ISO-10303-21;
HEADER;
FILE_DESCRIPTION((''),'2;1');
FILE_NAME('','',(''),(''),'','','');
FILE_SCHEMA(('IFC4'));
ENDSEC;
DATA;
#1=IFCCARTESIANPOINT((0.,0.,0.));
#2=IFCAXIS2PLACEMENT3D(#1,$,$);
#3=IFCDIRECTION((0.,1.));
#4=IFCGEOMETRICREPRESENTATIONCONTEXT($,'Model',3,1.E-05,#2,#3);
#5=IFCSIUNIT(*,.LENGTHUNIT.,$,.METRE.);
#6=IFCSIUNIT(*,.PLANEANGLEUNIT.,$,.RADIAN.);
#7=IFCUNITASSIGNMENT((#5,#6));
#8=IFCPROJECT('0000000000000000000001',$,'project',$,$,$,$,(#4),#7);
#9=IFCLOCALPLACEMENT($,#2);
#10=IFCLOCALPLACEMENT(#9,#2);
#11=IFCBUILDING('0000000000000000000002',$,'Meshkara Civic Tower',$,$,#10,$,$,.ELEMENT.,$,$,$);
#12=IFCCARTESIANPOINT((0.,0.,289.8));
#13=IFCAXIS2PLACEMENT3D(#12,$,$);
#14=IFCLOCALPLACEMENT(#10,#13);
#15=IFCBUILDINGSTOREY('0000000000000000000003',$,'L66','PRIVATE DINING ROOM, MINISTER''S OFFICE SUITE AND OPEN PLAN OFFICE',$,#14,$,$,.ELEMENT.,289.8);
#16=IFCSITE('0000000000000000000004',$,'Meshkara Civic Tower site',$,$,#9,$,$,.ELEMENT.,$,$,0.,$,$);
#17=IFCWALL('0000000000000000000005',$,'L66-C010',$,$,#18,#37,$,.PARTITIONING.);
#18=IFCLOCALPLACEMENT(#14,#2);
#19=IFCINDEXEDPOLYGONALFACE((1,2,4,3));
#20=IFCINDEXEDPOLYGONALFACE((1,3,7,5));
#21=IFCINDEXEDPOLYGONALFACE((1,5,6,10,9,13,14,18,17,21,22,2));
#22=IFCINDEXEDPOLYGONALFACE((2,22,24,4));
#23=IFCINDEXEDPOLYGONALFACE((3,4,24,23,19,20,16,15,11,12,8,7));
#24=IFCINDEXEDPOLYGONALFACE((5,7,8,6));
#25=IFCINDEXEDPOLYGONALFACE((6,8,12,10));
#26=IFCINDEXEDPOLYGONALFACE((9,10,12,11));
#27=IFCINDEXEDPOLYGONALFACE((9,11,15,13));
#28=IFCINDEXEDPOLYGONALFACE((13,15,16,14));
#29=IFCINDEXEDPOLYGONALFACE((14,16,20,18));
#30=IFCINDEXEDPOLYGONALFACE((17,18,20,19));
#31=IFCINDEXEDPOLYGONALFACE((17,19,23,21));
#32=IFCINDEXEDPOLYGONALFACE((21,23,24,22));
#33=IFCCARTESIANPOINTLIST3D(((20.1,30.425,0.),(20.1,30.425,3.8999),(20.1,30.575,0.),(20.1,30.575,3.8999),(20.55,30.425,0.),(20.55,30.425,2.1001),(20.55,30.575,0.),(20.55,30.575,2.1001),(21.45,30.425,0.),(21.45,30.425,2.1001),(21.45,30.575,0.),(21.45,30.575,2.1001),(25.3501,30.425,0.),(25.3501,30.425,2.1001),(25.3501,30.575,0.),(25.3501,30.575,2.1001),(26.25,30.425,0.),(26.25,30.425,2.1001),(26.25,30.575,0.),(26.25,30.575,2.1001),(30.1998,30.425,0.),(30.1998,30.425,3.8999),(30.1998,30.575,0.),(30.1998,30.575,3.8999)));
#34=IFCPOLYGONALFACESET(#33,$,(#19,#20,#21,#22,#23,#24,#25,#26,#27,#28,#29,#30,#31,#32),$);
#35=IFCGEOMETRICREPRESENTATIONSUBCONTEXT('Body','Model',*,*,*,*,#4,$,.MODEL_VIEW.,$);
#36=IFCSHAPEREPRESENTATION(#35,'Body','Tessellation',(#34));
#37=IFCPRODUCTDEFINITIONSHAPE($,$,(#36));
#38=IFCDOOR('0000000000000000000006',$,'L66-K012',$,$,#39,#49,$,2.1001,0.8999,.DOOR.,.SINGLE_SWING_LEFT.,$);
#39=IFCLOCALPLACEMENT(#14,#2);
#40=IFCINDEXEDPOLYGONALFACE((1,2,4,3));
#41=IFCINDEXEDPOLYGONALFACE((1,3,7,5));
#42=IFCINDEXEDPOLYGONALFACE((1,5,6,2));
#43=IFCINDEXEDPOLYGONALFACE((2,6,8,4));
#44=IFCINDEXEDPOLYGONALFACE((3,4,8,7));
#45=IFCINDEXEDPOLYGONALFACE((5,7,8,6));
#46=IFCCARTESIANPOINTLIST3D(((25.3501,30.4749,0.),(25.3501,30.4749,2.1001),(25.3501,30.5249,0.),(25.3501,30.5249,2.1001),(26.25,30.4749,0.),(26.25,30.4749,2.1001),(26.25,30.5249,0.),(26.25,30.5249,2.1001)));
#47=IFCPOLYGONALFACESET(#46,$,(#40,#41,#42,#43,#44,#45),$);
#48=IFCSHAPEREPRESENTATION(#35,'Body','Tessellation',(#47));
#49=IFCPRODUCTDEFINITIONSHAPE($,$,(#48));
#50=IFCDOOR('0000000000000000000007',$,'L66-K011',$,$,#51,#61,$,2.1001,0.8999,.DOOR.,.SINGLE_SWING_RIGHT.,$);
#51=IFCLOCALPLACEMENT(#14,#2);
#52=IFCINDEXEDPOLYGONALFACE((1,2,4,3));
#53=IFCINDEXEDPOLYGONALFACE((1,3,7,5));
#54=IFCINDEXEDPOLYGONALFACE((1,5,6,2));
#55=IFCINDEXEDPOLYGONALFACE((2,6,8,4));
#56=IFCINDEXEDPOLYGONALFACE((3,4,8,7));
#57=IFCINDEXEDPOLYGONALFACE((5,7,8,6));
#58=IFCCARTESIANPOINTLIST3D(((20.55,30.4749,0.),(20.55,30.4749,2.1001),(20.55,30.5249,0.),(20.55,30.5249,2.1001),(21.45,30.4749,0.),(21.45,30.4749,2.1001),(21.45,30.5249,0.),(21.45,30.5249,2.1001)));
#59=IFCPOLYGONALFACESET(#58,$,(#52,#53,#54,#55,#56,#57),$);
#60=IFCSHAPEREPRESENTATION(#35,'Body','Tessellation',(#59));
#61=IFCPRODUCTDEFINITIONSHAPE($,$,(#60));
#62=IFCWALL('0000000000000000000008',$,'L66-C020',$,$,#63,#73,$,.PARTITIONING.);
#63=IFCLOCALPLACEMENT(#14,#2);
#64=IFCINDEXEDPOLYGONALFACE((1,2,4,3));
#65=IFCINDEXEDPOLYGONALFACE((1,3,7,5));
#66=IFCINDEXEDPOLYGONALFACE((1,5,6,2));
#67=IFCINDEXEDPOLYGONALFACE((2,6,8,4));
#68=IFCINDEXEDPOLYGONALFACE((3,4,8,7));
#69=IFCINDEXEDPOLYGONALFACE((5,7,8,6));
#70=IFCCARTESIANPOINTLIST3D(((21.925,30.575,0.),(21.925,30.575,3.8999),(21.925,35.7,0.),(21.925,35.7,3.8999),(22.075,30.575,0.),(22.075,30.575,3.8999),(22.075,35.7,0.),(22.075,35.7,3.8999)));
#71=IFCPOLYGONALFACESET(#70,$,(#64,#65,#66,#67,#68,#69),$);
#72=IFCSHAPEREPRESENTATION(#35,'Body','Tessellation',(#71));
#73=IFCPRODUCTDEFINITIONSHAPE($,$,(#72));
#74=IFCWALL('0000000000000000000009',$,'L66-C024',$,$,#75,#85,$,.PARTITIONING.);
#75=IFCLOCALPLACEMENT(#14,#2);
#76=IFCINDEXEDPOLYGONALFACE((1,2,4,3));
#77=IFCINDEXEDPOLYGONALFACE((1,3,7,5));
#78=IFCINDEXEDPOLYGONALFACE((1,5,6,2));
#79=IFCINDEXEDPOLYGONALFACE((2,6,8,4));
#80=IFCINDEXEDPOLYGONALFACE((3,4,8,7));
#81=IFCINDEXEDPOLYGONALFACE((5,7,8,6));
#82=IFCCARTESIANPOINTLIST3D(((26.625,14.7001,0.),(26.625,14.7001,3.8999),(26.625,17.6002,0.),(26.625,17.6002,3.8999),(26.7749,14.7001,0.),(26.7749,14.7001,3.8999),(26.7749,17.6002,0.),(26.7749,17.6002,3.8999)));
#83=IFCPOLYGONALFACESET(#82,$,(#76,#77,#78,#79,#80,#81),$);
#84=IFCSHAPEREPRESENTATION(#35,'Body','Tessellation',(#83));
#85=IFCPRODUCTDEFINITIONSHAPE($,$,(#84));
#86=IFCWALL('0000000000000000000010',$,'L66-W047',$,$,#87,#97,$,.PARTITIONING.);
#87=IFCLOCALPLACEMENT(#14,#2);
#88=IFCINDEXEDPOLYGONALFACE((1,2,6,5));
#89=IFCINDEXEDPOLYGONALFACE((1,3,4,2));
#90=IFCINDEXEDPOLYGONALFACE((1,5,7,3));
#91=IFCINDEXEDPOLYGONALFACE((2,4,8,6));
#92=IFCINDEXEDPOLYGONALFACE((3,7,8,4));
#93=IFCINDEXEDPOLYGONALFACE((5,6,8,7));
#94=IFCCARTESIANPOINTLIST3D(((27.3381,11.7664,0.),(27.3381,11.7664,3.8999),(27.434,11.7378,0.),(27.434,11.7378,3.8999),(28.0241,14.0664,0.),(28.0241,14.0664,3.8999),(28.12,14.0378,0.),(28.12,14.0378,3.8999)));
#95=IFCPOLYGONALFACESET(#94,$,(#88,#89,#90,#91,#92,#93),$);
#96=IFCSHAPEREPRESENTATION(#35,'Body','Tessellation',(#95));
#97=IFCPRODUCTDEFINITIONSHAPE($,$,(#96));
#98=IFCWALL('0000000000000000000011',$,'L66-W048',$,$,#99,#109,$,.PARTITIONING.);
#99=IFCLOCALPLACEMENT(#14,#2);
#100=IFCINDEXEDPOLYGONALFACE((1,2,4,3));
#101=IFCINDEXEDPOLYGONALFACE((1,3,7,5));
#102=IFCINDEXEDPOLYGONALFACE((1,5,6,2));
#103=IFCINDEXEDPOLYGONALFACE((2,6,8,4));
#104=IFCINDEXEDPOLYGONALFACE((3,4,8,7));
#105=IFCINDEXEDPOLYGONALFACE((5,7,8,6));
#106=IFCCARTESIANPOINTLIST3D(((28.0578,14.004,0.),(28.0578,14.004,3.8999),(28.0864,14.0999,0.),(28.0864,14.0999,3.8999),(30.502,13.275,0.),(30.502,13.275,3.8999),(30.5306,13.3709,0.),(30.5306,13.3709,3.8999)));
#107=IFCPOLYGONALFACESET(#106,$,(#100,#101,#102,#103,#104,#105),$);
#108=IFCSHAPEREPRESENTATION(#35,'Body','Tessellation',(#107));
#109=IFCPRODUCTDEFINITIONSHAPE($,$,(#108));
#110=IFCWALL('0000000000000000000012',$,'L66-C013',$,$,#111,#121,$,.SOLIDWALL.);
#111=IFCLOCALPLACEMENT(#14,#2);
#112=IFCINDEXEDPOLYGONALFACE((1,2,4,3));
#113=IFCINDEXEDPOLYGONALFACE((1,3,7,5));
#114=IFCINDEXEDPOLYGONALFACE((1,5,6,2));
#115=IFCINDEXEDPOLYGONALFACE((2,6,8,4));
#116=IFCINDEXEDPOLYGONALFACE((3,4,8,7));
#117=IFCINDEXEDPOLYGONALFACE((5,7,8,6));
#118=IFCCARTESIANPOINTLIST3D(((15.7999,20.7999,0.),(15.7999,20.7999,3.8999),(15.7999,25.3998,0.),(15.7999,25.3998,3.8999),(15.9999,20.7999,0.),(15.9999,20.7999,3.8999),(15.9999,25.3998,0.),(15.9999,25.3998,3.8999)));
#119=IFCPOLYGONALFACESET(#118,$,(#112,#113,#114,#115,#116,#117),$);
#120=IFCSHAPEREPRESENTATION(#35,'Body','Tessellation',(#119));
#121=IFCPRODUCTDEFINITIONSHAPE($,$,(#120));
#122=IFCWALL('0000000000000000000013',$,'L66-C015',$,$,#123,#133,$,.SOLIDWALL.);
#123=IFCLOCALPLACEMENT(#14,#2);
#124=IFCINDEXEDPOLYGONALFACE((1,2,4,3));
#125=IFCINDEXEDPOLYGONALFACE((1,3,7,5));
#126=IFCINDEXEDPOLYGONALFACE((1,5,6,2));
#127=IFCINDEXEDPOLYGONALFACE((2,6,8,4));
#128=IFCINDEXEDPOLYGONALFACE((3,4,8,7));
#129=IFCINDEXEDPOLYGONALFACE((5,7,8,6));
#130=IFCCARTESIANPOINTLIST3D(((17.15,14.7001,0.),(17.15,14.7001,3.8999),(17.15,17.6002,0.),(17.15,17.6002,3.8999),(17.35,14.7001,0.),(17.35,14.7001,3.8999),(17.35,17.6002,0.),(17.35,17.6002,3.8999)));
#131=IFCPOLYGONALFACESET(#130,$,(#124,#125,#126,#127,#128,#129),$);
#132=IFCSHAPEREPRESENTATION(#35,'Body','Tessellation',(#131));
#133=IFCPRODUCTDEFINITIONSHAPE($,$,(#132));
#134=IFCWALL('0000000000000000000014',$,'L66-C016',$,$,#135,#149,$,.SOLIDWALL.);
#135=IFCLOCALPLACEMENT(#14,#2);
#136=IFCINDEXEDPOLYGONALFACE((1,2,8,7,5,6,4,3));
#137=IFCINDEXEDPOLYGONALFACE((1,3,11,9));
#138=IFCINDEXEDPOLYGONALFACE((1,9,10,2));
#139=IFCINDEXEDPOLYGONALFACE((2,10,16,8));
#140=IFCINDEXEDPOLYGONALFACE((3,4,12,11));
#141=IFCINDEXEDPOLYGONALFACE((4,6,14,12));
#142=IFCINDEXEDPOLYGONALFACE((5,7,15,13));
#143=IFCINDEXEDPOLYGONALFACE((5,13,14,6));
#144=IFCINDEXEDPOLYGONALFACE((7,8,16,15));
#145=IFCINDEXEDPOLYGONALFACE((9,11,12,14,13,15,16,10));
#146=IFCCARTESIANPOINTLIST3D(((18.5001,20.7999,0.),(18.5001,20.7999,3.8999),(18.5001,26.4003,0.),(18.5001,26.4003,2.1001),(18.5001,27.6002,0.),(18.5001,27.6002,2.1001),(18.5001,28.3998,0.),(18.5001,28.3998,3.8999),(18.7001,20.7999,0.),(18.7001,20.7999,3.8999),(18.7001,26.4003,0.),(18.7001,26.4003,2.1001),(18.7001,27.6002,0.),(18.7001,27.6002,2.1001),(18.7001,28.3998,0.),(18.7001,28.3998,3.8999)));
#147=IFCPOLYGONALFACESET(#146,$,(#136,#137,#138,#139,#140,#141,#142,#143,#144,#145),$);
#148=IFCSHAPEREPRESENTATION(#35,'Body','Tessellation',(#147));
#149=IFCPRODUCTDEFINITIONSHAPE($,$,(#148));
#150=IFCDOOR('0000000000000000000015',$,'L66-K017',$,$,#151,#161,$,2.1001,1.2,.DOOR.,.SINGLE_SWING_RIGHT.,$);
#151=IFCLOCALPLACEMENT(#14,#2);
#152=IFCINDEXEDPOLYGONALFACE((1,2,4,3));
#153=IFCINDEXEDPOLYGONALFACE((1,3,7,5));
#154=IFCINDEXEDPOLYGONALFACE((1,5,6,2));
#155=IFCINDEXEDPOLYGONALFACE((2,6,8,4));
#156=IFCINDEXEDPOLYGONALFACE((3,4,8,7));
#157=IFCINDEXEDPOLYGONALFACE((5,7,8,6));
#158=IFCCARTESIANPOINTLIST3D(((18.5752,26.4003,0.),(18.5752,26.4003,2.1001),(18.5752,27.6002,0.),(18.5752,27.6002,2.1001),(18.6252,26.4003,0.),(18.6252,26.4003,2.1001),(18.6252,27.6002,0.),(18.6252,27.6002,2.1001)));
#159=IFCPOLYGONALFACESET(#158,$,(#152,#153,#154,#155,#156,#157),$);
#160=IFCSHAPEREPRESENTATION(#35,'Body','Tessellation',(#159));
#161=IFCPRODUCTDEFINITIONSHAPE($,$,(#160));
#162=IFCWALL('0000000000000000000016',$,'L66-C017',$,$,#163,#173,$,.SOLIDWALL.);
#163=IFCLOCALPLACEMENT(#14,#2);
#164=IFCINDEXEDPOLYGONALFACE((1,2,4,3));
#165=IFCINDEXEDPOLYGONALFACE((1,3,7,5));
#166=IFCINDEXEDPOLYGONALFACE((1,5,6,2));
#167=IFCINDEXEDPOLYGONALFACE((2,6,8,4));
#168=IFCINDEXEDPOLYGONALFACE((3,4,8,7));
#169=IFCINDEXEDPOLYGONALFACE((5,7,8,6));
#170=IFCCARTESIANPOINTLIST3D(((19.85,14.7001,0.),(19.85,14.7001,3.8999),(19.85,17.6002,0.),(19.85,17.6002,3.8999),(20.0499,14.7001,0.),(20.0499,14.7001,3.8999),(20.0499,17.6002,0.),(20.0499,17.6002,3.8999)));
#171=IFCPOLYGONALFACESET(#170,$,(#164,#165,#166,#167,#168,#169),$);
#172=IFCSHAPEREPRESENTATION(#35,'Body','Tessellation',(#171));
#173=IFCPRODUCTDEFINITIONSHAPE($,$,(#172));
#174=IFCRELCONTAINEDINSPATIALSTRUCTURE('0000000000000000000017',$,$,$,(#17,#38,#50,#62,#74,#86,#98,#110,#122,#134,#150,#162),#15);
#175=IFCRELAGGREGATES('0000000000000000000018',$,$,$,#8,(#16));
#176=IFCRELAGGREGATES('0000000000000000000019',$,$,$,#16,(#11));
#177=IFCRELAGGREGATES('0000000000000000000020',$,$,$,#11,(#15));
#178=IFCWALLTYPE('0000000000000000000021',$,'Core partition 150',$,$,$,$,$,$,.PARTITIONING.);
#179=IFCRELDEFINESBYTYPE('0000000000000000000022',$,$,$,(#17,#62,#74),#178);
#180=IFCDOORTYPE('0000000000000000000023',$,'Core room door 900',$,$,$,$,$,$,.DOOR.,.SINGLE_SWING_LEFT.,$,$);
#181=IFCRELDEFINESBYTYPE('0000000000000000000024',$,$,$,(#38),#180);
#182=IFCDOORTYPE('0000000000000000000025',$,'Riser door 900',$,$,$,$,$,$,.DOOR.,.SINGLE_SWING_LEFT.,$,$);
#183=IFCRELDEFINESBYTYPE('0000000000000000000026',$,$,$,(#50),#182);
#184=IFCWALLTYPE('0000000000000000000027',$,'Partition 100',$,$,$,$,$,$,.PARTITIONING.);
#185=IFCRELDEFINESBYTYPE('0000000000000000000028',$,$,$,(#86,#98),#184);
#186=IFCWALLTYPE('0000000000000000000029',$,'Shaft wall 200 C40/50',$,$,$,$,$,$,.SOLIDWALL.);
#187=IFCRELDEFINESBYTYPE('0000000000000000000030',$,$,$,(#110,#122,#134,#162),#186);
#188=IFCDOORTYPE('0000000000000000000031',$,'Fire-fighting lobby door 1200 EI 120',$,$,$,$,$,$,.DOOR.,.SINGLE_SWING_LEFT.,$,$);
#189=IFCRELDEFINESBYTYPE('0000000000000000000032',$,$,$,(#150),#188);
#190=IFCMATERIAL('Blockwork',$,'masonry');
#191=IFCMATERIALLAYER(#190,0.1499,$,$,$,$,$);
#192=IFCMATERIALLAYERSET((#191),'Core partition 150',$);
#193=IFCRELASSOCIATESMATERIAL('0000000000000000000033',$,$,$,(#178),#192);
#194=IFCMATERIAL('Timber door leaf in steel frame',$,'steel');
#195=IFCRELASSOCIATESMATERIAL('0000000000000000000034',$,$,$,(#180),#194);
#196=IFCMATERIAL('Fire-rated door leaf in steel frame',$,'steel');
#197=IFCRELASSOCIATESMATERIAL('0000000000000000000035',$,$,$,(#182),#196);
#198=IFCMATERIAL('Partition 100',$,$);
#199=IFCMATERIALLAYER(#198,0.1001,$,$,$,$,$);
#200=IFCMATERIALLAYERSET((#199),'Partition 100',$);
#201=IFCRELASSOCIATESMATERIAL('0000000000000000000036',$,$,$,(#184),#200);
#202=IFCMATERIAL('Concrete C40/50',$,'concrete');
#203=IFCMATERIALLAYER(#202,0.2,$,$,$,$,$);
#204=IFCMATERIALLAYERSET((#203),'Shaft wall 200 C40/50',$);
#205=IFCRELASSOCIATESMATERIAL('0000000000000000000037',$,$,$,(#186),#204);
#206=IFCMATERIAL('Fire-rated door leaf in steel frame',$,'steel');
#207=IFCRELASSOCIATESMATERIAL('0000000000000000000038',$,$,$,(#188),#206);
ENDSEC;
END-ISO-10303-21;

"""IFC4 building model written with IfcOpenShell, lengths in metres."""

from ifc_helpers import new_model, si_unit, direction, frame, frame_2d, origin, place, context, subcontext, project, spatial, rectangle, extrude, material, layer, layer_set, type_object, element, fill, save


model = new_model("IFC4")

# Units and contexts
model_context = context("Model", 3, precision=1e-05, world=origin(), true_north=direction((0.0, 1.0)))
body_context = subcontext(model_context, "Body", "Model", "MODEL_VIEW")
ifc_project = project(units=[si_unit("LENGTHUNIT", "METRE"), si_unit("PLANEANGLEUNIT", "RADIAN")], contexts=[model_context])

# Site, building, storey
site_placement = place(None, origin())
site = spatial("IfcSite", under=ifc_project, at=site_placement, Name="Meshkara Civic Tower site", CompositionType="ELEMENT", RefElevation=0.0)
building_placement = place(site_placement, origin())
building = spatial("IfcBuilding", under=site, at=building_placement, Name="Meshkara Civic Tower", CompositionType="ELEMENT")
storey_placement = place(building_placement, frame((0.0, 0.0, 289.8)))
storey = spatial("IfcBuildingStorey", under=building, at=storey_placement, Name="L66", Description="PRIVATE DINING ROOM, MINISTER'S OFFICE SUITE AND OPEN PLAN OFFICE", CompositionType="ELEMENT", Elevation=289.8)

# Wall, openings, doors
ifc_material_1 = material(Name="Blockwork", Category="masonry")
ifc_layer_1 = layer(ifc_material_1, 0.1499)
ifc_layer_set_1 = layer_set([ifc_layer_1], Name="Core partition 150")
wall_type_1 = type_object("IfcWallType", Name="Core partition 150", PredefinedType="PARTITIONING", material=ifc_layer_set_1)
wall_1_placement = place(storey_placement, frame((20.1001, 30.5, 0.0), z_axis=(0.0, 0.0, 1.0), x_axis=(1.0, 0.0, 0.0)))
wall_1 = element("IfcWall", 1, at=wall_1_placement, inside=storey, type_object=wall_type_1, Name="L66-C010", PredefinedType="PARTITIONING", context=body_context, shape_type="SweptSolid", body=[
    extrude(rectangle(XDim=10.0999, YDim=0.1499, at=frame_2d((5.0498, 0.0))), origin(), (0.0, 0.0, 1.0), 3.8999),
])
opening_1_placement = place(wall_1_placement, frame((0.45, 0.0, 0.0)))
opening_1 = element("IfcOpeningElement", 2, at=opening_1_placement, cuts=wall_1, PredefinedType="OPENING", context=body_context, shape_type="SweptSolid", body=[
    extrude(rectangle(XDim=0.8999, YDim=2.1001, at=frame_2d((0.45, 1.05))), frame((0.0, 0.085, 0.0), z_axis=(0.0, -1.0, 0.0), x_axis=(1.0, 0.0, 0.0)), (0.0, 0.0, 1.0), 0.1699),
])
opening_2_placement = place(wall_1_placement, frame((5.25, 0.0, 0.0)))
opening_2 = element("IfcOpeningElement", 3, at=opening_2_placement, cuts=wall_1, PredefinedType="OPENING", context=body_context, shape_type="SweptSolid", body=[
    extrude(rectangle(XDim=0.8999, YDim=2.1001, at=frame_2d((0.45, 1.05))), frame((0.0, 0.085, 0.0), z_axis=(0.0, -1.0, 0.0), x_axis=(1.0, 0.0, 0.0)), (0.0, 0.0, 1.0), 0.1699),
])
ifc_material_2 = material(Name="Timber door leaf in steel frame", Category="steel")
door_type_1 = type_object("IfcDoorType", Name="Core room door 900", OperationType="SINGLE_SWING_LEFT", PredefinedType="DOOR", material=ifc_material_2)
door_1_placement = place(opening_2_placement, origin())
door_1 = element("IfcDoor", 4, at=door_1_placement, inside=storey, type_object=door_type_1, Name="L66-K012", OperationType="SINGLE_SWING_LEFT", OverallHeight=2.1001, OverallWidth=0.8999, PredefinedType="DOOR", context=body_context, shape_type="SweptSolid", body=[
    extrude(rectangle(XDim=0.8999, YDim=2.1001, at=frame_2d((0.45, 1.05))), frame((0.0, 0.0249, 0.0), z_axis=(0.0, -1.0, 0.0), x_axis=(1.0, 0.0, 0.0)), (0.0, 0.0, 1.0), 0.05),
])
fill(opening_2, door_1)
ifc_material_3 = material(Name="Fire-rated door leaf in steel frame", Category="steel")
door_type_2 = type_object("IfcDoorType", Name="Riser door 900", OperationType="SINGLE_SWING_LEFT", PredefinedType="DOOR", material=ifc_material_3)
door_2_placement = place(opening_1_placement, origin())
door_2 = element("IfcDoor", 5, at=door_2_placement, inside=storey, type_object=door_type_2, Name="L66-K011", OperationType="SINGLE_SWING_RIGHT", OverallHeight=2.1001, OverallWidth=0.8999, PredefinedType="DOOR", context=body_context, shape_type="SweptSolid", body=[
    extrude(rectangle(XDim=0.8999, YDim=2.1001, at=frame_2d((0.45, 1.05))), frame((0.0, 0.0249, 0.0), z_axis=(0.0, -1.0, 0.0), x_axis=(1.0, 0.0, 0.0)), (0.0, 0.0, 1.0), 0.05),
])
fill(opening_1, door_2)

# Walls
wall_2_placement = place(storey_placement, frame((22.0, 30.575, 0.0), z_axis=(0.0, 0.0, 1.0), x_axis=(0.0, 1.0, 0.0)))
element("IfcWall", 6, at=wall_2_placement, inside=storey, type_object=wall_type_1, Name="L66-C020", PredefinedType="PARTITIONING", context=body_context, shape_type="SweptSolid", body=[
    extrude(rectangle(XDim=5.125, YDim=0.1499, at=frame_2d((2.5625, 0.0))), origin(), (0.0, 0.0, 1.0), 3.8999),
])
wall_3_placement = place(storey_placement, frame((26.7, 14.7, 0.0), z_axis=(0.0, 0.0, 1.0), x_axis=(0.0, 1.0, 0.0)))
element("IfcWall", 7, at=wall_3_placement, inside=storey, type_object=wall_type_1, Name="L66-C024", PredefinedType="PARTITIONING", context=body_context, shape_type="SweptSolid", body=[
    extrude(rectangle(XDim=2.9001, YDim=0.1499, at=frame_2d((1.4502, 0.0))), origin(), (0.0, 0.0, 1.0), 3.8999),
])
ifc_material_4 = material(Name="Partition 100")
ifc_layer_2 = layer(ifc_material_4, 0.1001)
ifc_layer_set_2 = layer_set([ifc_layer_2], Name="Partition 100")
wall_type_2 = type_object("IfcWallType", Name="Partition 100", PredefinedType="PARTITIONING", material=ifc_layer_set_2)
wall_4_placement = place(storey_placement, frame((27.386, 11.752, 0.0), z_axis=(0.0, 0.0, 1.0), x_axis=(0.285826, 0.958281, 0.0)))
element("IfcWall", 8, at=wall_4_placement, inside=storey, type_object=wall_type_2, Name="L66-W047", PredefinedType="PARTITIONING", context=body_context, shape_type="SweptSolid", body=[
    extrude(rectangle(XDim=2.4001, YDim=0.1001, at=frame_2d((1.2002, 0.0))), origin(), (0.0, 0.0, 1.0), 3.8999),
])
wall_5_placement = place(storey_placement, frame((28.072, 14.052, 0.0), z_axis=(0.0, 0.0, 1.0), x_axis=(0.958281, -0.285828, 0.0)))
element("IfcWall", 9, at=wall_5_placement, inside=storey, type_object=wall_type_2, Name="L66-W048", PredefinedType="PARTITIONING", context=body_context, shape_type="SweptSolid", body=[
    extrude(rectangle(XDim=2.5505, YDim=0.1001, at=frame_2d((1.2754, 0.0))), origin(), (0.0, 0.0, 1.0), 3.8999),
])
ifc_material_5 = material(Name="Concrete C40/50", Category="concrete")
ifc_layer_3 = layer(ifc_material_5, 0.2)
ifc_layer_set_3 = layer_set([ifc_layer_3], Name="Shaft wall 200 C40/50")
wall_type_3 = type_object("IfcWallType", Name="Shaft wall 200 C40/50", PredefinedType="SOLIDWALL", material=ifc_layer_set_3)
wall_6_placement = place(storey_placement, frame((15.8999, 20.8, 0.0), z_axis=(0.0, 0.0, 1.0), x_axis=(0.0, 1.0, 0.0)))
element("IfcWall", 10, at=wall_6_placement, inside=storey, type_object=wall_type_3, Name="L66-C013", PredefinedType="SOLIDWALL", context=body_context, shape_type="SweptSolid", body=[
    extrude(rectangle(XDim=4.5999, YDim=0.2, at=frame_2d((2.2998, 0.0))), origin(), (0.0, 0.0, 1.0), 3.8999),
])
wall_7_placement = place(storey_placement, frame((17.25, 14.7, 0.0), z_axis=(0.0, 0.0, 1.0), x_axis=(0.0, 1.0, 0.0)))
element("IfcWall", 11, at=wall_7_placement, inside=storey, type_object=wall_type_3, Name="L66-C015", PredefinedType="SOLIDWALL", context=body_context, shape_type="SweptSolid", body=[
    extrude(rectangle(XDim=2.9001, YDim=0.2, at=frame_2d((1.4502, 0.0))), origin(), (0.0, 0.0, 1.0), 3.8999),
])

# Wall, opening, door
wall_8_placement = place(storey_placement, frame((18.6001, 20.8, 0.0), z_axis=(0.0, 0.0, 1.0), x_axis=(0.0, 1.0, 0.0)))
wall_8 = element("IfcWall", 12, at=wall_8_placement, inside=storey, type_object=wall_type_3, Name="L66-C016", PredefinedType="SOLIDWALL", context=body_context, shape_type="SweptSolid", body=[
    extrude(rectangle(XDim=7.5999, YDim=0.2, at=frame_2d((3.7998, 0.0))), origin(), (0.0, 0.0, 1.0), 3.8999),
])
opening_3_placement = place(wall_8_placement, frame((5.6001, 0.0, 0.0)))
opening_3 = element("IfcOpeningElement", 13, at=opening_3_placement, cuts=wall_8, PredefinedType="OPENING", context=body_context, shape_type="SweptSolid", body=[
    extrude(rectangle(XDim=1.2, YDim=2.1001, at=frame_2d((0.6001, 1.05))), frame((0.0, 0.1099, 0.0), z_axis=(0.0, -1.0, 0.0), x_axis=(1.0, 0.0, 0.0)), (0.0, 0.0, 1.0), 0.22),
])
ifc_material_6 = material(Name="Fire-rated door leaf in steel frame", Category="steel")
door_type_3 = type_object("IfcDoorType", Name="Fire-fighting lobby door 1200 EI 120", OperationType="SINGLE_SWING_LEFT", PredefinedType="DOOR", material=ifc_material_6)
door_3_placement = place(opening_3_placement, origin())
door_3 = element("IfcDoor", 14, at=door_3_placement, inside=storey, type_object=door_type_3, Name="L66-K017", OperationType="SINGLE_SWING_RIGHT", OverallHeight=2.1001, OverallWidth=1.2, PredefinedType="DOOR", context=body_context, shape_type="SweptSolid", body=[
    extrude(rectangle(XDim=1.2, YDim=2.1001, at=frame_2d((0.6001, 1.05))), frame((0.0, 0.0249, 0.0), z_axis=(0.0, -1.0, 0.0), x_axis=(1.0, 0.0, 0.0)), (0.0, 0.0, 1.0), 0.05),
])
fill(opening_3, door_3)

# Wall
wall_9_placement = place(storey_placement, frame((19.95, 14.7, 0.0), z_axis=(0.0, 0.0, 1.0), x_axis=(0.0, 1.0, 0.0)))
element("IfcWall", 15, at=wall_9_placement, inside=storey, type_object=wall_type_3, Name="L66-C017", PredefinedType="SOLIDWALL", context=body_context, shape_type="SweptSolid", body=[
    extrude(rectangle(XDim=2.9001, YDim=0.2, at=frame_2d((1.4502, 0.0))), origin(), (0.0, 0.0, 1.0), 3.8999),
])

save(model, "model.ifc")
